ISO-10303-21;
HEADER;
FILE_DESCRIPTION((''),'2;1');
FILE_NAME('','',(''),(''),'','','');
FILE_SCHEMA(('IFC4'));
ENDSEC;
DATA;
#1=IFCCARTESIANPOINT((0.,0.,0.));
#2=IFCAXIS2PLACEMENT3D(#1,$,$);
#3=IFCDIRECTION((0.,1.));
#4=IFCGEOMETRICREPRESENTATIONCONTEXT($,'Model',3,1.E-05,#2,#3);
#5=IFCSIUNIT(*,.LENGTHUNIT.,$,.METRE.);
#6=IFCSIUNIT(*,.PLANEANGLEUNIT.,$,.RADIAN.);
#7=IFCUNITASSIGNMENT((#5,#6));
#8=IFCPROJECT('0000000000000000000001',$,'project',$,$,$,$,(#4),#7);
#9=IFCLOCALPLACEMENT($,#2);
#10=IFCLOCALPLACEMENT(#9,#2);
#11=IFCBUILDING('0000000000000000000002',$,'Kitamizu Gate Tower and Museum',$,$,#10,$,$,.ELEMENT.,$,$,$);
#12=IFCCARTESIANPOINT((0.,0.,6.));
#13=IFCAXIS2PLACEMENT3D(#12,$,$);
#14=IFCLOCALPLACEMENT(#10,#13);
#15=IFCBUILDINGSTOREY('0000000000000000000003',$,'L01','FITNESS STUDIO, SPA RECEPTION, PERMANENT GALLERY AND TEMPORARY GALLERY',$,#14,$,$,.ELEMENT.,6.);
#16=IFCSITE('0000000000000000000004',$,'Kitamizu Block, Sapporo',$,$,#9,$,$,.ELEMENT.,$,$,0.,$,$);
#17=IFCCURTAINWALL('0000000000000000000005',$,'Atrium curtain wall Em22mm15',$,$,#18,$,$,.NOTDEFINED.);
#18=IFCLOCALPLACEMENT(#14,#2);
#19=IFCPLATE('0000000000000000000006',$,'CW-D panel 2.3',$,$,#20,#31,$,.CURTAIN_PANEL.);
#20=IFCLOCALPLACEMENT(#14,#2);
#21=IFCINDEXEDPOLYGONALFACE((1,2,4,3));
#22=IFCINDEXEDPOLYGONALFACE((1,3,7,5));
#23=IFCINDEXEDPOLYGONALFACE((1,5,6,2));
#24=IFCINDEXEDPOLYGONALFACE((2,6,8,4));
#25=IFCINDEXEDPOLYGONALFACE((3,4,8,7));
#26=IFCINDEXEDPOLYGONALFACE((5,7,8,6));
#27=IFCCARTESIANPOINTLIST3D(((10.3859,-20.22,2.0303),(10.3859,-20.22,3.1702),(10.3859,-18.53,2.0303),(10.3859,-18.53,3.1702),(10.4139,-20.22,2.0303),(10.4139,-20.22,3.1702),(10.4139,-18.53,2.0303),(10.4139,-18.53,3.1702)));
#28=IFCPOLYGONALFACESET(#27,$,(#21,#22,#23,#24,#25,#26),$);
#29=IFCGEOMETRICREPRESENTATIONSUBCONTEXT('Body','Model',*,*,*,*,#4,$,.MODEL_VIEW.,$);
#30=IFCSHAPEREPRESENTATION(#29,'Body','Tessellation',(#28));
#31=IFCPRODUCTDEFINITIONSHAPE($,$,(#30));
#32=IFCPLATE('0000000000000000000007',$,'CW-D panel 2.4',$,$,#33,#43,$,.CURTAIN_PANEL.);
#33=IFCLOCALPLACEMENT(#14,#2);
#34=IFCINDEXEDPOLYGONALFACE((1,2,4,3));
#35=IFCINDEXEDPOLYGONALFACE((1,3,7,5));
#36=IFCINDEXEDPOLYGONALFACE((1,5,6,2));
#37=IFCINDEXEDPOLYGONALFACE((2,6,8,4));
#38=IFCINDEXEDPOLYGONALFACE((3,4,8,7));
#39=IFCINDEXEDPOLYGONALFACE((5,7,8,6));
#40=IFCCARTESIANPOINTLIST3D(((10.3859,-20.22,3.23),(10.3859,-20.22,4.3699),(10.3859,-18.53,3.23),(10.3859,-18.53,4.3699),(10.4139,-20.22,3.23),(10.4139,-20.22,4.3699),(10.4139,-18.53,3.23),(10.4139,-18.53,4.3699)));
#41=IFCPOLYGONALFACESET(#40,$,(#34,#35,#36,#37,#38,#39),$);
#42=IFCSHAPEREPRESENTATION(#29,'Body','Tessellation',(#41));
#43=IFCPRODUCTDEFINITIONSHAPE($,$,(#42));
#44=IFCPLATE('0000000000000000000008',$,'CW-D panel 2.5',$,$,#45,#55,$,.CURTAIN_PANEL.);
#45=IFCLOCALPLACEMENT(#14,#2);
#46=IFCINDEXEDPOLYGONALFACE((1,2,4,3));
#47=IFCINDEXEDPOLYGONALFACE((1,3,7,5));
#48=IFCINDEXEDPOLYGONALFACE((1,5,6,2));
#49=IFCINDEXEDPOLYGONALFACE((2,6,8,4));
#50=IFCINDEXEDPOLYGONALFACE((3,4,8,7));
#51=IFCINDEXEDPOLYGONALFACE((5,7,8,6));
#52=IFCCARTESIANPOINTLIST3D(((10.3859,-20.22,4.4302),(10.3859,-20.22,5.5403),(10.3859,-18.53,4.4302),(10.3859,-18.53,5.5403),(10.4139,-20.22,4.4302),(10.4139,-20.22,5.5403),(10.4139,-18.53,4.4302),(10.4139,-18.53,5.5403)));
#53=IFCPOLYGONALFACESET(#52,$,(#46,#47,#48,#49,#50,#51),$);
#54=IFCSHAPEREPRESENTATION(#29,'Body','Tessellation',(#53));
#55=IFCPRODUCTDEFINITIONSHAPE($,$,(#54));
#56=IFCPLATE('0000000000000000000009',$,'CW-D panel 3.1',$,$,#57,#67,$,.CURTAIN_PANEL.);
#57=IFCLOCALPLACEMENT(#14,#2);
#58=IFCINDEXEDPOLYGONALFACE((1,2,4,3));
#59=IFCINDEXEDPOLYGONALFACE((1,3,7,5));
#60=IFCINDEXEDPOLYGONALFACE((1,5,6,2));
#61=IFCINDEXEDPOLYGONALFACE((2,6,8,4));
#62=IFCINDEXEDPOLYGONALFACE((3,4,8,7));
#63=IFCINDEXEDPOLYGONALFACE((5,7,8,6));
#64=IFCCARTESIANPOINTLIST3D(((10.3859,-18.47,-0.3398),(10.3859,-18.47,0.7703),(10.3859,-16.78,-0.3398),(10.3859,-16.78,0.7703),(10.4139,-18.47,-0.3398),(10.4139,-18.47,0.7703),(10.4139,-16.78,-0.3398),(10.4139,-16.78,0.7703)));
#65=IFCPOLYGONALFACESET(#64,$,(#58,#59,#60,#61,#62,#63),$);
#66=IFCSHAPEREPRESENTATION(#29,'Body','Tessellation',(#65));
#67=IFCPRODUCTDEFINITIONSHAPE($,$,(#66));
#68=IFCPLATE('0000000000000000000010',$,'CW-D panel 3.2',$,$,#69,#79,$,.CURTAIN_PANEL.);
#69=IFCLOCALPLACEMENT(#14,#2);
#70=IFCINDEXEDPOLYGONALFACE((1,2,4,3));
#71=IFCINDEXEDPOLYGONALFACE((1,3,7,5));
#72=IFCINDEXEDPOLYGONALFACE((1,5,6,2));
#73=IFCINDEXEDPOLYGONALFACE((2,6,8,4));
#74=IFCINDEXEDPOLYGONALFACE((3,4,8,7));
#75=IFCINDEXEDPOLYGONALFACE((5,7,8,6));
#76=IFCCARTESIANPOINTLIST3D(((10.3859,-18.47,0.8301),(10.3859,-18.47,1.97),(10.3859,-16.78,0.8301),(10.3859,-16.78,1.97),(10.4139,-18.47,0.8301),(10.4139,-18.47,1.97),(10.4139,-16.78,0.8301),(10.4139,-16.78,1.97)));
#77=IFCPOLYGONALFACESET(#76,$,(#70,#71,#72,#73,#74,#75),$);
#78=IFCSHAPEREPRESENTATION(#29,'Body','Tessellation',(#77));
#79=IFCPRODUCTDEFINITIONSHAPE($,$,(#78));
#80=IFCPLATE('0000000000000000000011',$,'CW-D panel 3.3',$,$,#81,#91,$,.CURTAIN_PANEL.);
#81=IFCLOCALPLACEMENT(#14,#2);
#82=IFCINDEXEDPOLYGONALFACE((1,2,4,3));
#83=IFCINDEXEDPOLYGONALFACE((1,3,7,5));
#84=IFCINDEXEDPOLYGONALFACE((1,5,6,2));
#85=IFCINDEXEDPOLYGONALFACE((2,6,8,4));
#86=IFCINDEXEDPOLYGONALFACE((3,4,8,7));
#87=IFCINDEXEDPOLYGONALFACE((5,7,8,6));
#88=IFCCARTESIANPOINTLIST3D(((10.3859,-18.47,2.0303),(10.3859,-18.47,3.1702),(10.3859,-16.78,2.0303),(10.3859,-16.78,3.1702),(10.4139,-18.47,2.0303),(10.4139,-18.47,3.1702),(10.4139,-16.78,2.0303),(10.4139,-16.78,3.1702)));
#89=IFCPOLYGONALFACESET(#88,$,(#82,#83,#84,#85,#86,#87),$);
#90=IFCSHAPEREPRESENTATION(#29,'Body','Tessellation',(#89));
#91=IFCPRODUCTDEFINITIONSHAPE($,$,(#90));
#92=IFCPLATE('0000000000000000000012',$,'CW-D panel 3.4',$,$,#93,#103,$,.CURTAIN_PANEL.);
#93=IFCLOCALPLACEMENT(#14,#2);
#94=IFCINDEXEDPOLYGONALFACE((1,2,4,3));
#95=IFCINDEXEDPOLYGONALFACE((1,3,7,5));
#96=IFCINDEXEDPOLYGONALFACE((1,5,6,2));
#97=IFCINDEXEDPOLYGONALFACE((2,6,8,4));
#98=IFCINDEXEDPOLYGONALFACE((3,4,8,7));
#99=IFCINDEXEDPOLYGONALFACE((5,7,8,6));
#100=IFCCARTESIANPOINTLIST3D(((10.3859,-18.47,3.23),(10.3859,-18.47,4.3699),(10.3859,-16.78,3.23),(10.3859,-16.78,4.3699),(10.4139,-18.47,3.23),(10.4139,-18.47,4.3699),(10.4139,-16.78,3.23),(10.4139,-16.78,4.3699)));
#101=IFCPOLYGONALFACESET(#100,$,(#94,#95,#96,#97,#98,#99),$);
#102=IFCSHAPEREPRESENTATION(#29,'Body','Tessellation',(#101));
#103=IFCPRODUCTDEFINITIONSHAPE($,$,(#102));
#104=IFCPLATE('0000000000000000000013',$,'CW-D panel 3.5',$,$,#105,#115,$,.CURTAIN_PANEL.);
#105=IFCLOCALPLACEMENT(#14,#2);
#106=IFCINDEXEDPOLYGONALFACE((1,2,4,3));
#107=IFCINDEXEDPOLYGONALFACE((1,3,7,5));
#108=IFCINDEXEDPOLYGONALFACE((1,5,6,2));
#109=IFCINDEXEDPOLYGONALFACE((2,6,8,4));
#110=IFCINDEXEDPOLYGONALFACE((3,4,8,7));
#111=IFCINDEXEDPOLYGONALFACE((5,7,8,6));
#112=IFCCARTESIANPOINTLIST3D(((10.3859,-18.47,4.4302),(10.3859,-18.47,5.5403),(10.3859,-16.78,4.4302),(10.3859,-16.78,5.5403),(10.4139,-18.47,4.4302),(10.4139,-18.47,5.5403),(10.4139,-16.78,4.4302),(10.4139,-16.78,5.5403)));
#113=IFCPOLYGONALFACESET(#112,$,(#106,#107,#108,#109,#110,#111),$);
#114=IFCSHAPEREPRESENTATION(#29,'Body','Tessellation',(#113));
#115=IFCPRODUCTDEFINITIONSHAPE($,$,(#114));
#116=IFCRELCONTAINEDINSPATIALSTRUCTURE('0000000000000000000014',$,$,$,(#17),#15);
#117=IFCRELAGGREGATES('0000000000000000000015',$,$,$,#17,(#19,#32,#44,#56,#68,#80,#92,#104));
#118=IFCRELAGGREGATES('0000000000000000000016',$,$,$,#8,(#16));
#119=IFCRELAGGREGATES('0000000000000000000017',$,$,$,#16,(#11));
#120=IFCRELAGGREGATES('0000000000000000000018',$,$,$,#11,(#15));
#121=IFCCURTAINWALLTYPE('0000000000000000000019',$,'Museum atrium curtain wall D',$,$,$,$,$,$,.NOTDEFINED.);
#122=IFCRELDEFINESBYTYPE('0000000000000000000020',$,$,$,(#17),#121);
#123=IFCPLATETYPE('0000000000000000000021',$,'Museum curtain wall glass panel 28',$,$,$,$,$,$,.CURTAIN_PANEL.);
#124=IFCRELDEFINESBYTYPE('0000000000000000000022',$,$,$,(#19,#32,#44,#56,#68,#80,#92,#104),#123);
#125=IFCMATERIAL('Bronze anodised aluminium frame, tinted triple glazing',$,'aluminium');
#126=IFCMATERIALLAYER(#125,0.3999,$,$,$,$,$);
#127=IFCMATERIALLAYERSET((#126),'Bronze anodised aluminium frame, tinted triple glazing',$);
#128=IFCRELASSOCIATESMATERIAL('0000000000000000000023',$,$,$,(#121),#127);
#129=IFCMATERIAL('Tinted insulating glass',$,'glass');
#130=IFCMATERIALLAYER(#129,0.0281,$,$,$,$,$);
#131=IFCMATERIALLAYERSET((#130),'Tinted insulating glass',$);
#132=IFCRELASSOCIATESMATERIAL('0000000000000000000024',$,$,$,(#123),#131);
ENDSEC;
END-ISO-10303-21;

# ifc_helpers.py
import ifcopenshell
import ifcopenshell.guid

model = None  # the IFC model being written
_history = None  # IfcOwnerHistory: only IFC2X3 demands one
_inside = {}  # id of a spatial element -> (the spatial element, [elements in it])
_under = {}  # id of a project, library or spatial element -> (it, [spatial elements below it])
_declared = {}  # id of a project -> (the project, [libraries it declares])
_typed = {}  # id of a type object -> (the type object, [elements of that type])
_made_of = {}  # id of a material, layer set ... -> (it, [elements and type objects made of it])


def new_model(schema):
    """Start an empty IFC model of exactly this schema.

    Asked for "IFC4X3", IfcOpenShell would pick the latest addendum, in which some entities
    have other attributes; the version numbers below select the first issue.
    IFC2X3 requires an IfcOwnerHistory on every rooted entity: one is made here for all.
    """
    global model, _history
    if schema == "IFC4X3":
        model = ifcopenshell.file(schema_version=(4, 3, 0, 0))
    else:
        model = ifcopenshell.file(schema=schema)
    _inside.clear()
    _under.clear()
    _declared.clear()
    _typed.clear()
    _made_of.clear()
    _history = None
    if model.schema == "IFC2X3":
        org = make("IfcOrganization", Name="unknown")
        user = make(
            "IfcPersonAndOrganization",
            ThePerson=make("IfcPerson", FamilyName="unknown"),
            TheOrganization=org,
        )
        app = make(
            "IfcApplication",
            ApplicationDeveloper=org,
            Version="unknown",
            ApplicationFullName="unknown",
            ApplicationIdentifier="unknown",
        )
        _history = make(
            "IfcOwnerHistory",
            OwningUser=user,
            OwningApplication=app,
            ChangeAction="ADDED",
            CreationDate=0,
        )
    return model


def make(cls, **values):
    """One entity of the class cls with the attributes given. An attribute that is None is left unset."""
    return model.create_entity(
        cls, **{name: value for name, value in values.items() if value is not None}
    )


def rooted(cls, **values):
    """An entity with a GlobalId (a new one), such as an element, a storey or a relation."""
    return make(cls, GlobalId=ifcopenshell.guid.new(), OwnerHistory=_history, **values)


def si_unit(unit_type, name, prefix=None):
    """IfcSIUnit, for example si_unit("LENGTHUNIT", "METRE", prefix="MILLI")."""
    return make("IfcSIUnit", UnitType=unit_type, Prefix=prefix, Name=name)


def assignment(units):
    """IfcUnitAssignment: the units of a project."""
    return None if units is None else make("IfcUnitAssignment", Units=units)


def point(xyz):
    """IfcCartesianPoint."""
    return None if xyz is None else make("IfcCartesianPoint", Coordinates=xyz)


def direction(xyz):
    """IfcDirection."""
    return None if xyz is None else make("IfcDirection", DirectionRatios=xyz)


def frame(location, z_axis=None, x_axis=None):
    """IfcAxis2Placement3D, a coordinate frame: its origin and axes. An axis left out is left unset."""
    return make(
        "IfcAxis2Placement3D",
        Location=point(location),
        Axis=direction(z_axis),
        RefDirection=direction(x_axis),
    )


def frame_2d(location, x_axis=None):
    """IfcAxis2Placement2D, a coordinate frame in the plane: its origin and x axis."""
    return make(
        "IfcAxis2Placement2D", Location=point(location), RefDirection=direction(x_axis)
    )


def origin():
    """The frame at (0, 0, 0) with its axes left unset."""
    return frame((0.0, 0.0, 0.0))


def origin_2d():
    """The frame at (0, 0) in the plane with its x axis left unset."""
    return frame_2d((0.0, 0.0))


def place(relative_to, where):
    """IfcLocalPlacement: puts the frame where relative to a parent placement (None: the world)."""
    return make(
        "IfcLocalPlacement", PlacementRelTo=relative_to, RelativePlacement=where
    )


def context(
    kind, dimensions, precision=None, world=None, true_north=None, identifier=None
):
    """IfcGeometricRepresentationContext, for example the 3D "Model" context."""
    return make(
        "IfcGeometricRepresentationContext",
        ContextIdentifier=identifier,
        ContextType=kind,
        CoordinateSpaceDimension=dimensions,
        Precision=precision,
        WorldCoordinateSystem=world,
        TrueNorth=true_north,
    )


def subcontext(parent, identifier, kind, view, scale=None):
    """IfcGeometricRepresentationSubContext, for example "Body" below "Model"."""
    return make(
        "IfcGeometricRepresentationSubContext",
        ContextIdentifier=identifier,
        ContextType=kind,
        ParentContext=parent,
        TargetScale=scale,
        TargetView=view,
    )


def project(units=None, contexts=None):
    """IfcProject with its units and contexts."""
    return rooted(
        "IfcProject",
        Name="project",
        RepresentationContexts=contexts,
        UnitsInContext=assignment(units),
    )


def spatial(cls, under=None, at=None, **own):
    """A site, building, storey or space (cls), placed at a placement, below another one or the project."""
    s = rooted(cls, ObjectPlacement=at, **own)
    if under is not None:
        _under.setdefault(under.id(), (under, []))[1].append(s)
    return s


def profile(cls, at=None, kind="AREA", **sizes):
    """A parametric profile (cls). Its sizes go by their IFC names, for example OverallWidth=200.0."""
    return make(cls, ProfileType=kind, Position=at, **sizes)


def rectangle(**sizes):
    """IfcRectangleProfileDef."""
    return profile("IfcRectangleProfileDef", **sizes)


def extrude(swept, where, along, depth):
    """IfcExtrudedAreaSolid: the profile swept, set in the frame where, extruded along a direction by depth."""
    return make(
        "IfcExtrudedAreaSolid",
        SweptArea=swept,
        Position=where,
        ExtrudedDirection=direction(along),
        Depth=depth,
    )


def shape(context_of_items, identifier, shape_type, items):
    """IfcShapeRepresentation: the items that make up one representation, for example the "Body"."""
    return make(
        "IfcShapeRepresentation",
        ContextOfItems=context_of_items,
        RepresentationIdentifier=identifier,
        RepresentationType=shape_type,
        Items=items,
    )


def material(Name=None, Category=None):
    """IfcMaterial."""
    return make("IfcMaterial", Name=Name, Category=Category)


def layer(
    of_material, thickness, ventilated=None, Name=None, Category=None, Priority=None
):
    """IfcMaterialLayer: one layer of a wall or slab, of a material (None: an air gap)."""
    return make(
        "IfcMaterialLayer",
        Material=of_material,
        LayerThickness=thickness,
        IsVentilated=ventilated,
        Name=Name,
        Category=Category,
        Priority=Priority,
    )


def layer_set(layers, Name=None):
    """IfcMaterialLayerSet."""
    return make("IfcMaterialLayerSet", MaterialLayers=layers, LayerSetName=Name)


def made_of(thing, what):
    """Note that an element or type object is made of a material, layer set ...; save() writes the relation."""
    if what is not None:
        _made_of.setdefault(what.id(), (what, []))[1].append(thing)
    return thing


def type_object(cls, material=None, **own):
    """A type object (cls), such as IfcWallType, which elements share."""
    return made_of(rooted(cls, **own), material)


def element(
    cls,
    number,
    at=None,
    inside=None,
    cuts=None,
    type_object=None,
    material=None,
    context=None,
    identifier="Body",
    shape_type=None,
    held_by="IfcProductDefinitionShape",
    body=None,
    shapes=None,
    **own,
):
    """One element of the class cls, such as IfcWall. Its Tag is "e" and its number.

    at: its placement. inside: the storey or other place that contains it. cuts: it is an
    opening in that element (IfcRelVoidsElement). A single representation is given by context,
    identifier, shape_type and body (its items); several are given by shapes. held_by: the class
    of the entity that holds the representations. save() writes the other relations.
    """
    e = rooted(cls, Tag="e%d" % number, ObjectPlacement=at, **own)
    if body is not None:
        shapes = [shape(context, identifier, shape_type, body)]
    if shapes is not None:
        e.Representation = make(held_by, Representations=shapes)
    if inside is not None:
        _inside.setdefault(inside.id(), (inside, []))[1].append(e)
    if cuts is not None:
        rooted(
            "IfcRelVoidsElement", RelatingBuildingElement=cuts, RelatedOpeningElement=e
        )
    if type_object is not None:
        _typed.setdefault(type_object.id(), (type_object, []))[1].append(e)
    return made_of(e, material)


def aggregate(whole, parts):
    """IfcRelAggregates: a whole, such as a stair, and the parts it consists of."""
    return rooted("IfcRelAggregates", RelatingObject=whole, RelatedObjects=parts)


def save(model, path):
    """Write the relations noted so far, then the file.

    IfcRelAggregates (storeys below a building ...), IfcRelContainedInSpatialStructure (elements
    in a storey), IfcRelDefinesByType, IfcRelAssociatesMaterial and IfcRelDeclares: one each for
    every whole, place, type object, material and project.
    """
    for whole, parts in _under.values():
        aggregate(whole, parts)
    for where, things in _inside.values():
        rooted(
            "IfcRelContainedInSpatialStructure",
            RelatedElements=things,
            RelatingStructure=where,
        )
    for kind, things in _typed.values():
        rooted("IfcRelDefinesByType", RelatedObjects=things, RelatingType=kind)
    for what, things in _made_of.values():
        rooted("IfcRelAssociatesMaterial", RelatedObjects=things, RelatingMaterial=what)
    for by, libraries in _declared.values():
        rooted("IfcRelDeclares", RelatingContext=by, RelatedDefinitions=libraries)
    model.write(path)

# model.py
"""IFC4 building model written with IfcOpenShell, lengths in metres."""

from ifc_helpers import new_model, si_unit, direction, frame, origin, origin_2d, place, context, subcontext, project, spatial, rectangle, extrude, material, layer, layer_set, type_object, element, aggregate, save


model = new_model("IFC4")

# Units and contexts
model_context = context("Model", 3, precision=1e-05, world=origin(), true_north=direction((0.0, 1.0)))
body_context = subcontext(model_context, "Body", "Model", "MODEL_VIEW")
ifc_project = project(units=[si_unit("LENGTHUNIT", "METRE"), si_unit("PLANEANGLEUNIT", "RADIAN")], contexts=[model_context])

# Site, building, storey
site_placement = place(None, origin())
site = spatial("IfcSite", under=ifc_project, at=site_placement, Name="Kitamizu Block, Sapporo", CompositionType="ELEMENT", RefElevation=0.0)
building_placement = place(site_placement, origin())
building = spatial("IfcBuilding", under=site, at=building_placement, Name="Kitamizu Gate Tower and Museum", CompositionType="ELEMENT")
storey_placement = place(building_placement, frame((0.0, 0.0, 6.0)))
storey = spatial("IfcBuildingStorey", under=building, at=storey_placement, Name="L01", Description="FITNESS STUDIO, SPA RECEPTION, PERMANENT GALLERY AND TEMPORARY GALLERY", CompositionType="ELEMENT", Elevation=6.0)

# Curtain wall, plates
ifc_material_1 = material(Name="Bronze anodised aluminium frame, tinted triple glazing", Category="aluminium")
ifc_layer_1 = layer(ifc_material_1, 0.3999)
ifc_layer_set_1 = layer_set([ifc_layer_1], Name="Bronze anodised aluminium frame, tinted triple glazing")
curtain_wall_type = type_object("IfcCurtainWallType", Name="Museum atrium curtain wall D", PredefinedType="NOTDEFINED", material=ifc_layer_set_1)
curtain_wall_placement = place(storey_placement, origin())
curtain_wall = element("IfcCurtainWall", 1, at=curtain_wall_placement, inside=storey, type_object=curtain_wall_type, Name="Atrium curtain wall Em22mm15", PredefinedType="NOTDEFINED")
ifc_material_2 = material(Name="Tinted insulating glass", Category="glass")
ifc_layer_2 = layer(ifc_material_2, 0.0281)
ifc_layer_set_2 = layer_set([ifc_layer_2], Name="Tinted insulating glass")
plate_type = type_object("IfcPlateType", Name="Museum curtain wall glass panel 28", PredefinedType="CURTAIN_PANEL", material=ifc_layer_set_2)
plate_1_placement = place(storey_placement, frame((10.3999, -19.375, 2.0303), z_axis=(0.0, 0.0, 1.0), x_axis=(0.0, 1.0, 0.0)))
plate_1 = element("IfcPlate", 2, at=plate_1_placement, type_object=plate_type, Name="CW-D panel 2.3", PredefinedType="CURTAIN_PANEL", context=body_context, shape_type="SweptSolid", body=[
    extrude(rectangle(XDim=1.6899, YDim=0.0281, at=origin_2d()), origin(), (0.0, 0.0, 1.0), 1.1399),
])
plate_2_placement = place(storey_placement, frame((10.3999, -19.375, 3.23), z_axis=(0.0, 0.0, 1.0), x_axis=(0.0, 1.0, 0.0)))
plate_2 = element("IfcPlate", 3, at=plate_2_placement, type_object=plate_type, Name="CW-D panel 2.4", PredefinedType="CURTAIN_PANEL", context=body_context, shape_type="SweptSolid", body=[
    extrude(rectangle(XDim=1.6899, YDim=0.0281, at=origin_2d()), origin(), (0.0, 0.0, 1.0), 1.1399),
])
plate_3_placement = place(storey_placement, frame((10.3999, -19.375, 4.4302), z_axis=(0.0, 0.0, 1.0), x_axis=(0.0, 1.0, 0.0)))
plate_3 = element("IfcPlate", 4, at=plate_3_placement, type_object=plate_type, Name="CW-D panel 2.5", PredefinedType="CURTAIN_PANEL", context=body_context, shape_type="SweptSolid", body=[
    extrude(rectangle(XDim=1.6899, YDim=0.0281, at=origin_2d()), origin(), (0.0, 0.0, 1.0), 1.1101),
])
plate_4_placement = place(storey_placement, frame((10.3999, -17.625, -0.3398), z_axis=(0.0, 0.0, 1.0), x_axis=(0.0, 1.0, 0.0)))
plate_4 = element("IfcPlate", 5, at=plate_4_placement, type_object=plate_type, Name="CW-D panel 3.1", PredefinedType="CURTAIN_PANEL", context=body_context, shape_type="SweptSolid", body=[
    extrude(rectangle(XDim=1.6899, YDim=0.0281, at=origin_2d()), origin(), (0.0, 0.0, 1.0), 1.1101),
])
plate_5_placement = place(storey_placement, frame((10.3999, -17.625, 0.8301), z_axis=(0.0, 0.0, 1.0), x_axis=(0.0, 1.0, 0.0)))
plate_5 = element("IfcPlate", 6, at=plate_5_placement, type_object=plate_type, Name="CW-D panel 3.2", PredefinedType="CURTAIN_PANEL", context=body_context, shape_type="SweptSolid", body=[
    extrude(rectangle(XDim=1.6899, YDim=0.0281, at=origin_2d()), origin(), (0.0, 0.0, 1.0), 1.1399),
])
plate_6_placement = place(storey_placement, frame((10.3999, -17.625, 2.0303), z_axis=(0.0, 0.0, 1.0), x_axis=(0.0, 1.0, 0.0)))
plate_6 = element("IfcPlate", 7, at=plate_6_placement, type_object=plate_type, Name="CW-D panel 3.3", PredefinedType="CURTAIN_PANEL", context=body_context, shape_type="SweptSolid", body=[
    extrude(rectangle(XDim=1.6899, YDim=0.0281, at=origin_2d()), origin(), (0.0, 0.0, 1.0), 1.1399),
])
plate_7_placement = place(storey_placement, frame((10.3999, -17.625, 3.23), z_axis=(0.0, 0.0, 1.0), x_axis=(0.0, 1.0, 0.0)))
plate_7 = element("IfcPlate", 8, at=plate_7_placement, type_object=plate_type, Name="CW-D panel 3.4", PredefinedType="CURTAIN_PANEL", context=body_context, shape_type="SweptSolid", body=[
    extrude(rectangle(XDim=1.6899, YDim=0.0281, at=origin_2d()), origin(), (0.0, 0.0, 1.0), 1.1399),
])
plate_8_placement = place(storey_placement, frame((10.3999, -17.625, 4.4302), z_axis=(0.0, 0.0, 1.0), x_axis=(0.0, 1.0, 0.0)))
plate_8 = element("IfcPlate", 9, at=plate_8_placement, type_object=plate_type, Name="CW-D panel 3.5", PredefinedType="CURTAIN_PANEL", context=body_context, shape_type="SweptSolid", body=[
    extrude(rectangle(XDim=1.6899, YDim=0.0281, at=origin_2d()), origin(), (0.0, 0.0, 1.0), 1.1101),
])
aggregate(curtain_wall, [plate_1, plate_2, plate_3, plate_4, plate_5, plate_6, plate_7, plate_8])

save(model, "model.ifc")
